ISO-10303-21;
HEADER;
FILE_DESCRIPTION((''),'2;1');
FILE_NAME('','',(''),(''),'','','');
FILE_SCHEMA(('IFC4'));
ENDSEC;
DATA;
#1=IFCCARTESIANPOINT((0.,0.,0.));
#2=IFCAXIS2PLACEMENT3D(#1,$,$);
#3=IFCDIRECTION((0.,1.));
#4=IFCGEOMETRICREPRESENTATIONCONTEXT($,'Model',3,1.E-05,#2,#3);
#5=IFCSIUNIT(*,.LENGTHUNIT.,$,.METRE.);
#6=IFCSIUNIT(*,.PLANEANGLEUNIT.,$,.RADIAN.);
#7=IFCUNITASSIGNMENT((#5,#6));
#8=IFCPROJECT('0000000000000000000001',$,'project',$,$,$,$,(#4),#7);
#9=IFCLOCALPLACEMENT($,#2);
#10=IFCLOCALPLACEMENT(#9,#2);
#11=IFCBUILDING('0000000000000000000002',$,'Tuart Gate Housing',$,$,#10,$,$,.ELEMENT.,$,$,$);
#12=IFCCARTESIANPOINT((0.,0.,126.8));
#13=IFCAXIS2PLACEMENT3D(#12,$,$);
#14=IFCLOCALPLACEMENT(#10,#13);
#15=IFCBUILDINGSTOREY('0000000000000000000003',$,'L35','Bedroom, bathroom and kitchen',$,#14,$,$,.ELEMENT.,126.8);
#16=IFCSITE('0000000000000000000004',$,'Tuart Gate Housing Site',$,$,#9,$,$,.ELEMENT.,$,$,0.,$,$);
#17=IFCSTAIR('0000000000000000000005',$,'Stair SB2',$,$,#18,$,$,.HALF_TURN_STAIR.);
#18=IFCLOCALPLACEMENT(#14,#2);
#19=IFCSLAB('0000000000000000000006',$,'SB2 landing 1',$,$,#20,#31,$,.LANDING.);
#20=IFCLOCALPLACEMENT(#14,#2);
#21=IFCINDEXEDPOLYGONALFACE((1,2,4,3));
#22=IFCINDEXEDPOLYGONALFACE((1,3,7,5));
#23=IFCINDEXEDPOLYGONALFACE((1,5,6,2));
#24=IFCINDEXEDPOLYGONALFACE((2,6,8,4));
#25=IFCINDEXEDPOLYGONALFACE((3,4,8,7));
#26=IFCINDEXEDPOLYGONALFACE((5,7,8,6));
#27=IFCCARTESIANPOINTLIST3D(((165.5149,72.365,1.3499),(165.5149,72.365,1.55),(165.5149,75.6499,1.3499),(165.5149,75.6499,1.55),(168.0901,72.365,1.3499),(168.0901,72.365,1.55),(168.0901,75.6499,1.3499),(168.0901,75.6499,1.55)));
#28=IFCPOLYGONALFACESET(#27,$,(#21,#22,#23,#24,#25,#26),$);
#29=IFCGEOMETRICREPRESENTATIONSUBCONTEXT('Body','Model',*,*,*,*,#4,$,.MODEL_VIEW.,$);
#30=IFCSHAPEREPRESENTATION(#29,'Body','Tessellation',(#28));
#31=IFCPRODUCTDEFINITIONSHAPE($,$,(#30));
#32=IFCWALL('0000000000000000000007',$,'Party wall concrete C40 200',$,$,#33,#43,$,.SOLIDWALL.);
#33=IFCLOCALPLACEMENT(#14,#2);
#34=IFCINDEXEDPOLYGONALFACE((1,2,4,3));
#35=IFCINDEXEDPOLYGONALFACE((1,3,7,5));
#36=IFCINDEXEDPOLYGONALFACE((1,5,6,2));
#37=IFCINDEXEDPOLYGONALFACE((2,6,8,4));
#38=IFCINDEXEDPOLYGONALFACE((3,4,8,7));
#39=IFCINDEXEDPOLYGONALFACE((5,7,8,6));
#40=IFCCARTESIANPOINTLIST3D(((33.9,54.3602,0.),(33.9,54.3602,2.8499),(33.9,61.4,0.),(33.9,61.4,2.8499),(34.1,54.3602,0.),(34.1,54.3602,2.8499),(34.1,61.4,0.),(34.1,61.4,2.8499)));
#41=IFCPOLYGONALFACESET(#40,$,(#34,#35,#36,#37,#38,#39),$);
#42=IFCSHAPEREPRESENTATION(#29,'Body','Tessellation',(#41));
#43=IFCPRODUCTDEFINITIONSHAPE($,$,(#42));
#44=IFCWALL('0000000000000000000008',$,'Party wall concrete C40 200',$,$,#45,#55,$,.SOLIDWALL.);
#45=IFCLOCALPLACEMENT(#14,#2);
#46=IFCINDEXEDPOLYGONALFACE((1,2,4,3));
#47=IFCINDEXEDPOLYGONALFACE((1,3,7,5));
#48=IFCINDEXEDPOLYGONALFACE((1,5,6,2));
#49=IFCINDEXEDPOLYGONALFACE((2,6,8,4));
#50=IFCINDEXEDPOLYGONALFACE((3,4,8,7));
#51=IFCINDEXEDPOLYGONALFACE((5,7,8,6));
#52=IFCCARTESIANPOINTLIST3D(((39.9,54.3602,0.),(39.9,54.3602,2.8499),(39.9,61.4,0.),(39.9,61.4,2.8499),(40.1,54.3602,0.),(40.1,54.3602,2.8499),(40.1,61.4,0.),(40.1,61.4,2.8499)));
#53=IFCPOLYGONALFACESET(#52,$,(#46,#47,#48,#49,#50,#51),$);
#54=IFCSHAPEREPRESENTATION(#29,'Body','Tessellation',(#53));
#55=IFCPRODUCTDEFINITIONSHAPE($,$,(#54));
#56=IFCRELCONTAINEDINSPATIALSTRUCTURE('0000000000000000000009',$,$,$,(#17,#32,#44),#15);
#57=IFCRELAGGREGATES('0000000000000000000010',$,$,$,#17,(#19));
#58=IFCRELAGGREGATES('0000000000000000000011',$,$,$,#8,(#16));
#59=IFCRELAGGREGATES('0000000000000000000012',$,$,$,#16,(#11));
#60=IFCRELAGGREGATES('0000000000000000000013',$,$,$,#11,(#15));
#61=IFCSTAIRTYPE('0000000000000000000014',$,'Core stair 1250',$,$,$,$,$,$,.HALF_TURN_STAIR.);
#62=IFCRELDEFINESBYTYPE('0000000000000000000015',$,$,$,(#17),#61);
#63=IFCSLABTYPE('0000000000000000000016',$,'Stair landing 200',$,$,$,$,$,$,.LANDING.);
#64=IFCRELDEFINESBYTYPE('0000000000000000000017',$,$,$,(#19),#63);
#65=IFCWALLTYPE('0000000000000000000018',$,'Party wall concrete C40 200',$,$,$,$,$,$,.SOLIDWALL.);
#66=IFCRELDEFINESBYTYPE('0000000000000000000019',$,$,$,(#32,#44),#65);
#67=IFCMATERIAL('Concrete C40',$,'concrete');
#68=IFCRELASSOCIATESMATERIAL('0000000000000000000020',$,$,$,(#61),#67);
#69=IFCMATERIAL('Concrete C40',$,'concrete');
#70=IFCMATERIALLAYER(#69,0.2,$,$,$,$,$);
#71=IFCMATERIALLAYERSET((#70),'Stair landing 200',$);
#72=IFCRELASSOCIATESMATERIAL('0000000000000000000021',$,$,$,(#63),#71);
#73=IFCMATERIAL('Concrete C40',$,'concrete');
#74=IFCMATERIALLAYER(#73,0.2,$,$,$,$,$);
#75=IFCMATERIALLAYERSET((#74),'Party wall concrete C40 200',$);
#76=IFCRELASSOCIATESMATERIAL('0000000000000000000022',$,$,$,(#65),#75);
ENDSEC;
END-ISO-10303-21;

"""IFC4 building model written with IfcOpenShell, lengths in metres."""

from ifc_helpers import new_model, si_unit, direction, frame, frame_2d, origin, place, context, subcontext, project, spatial, polyline, rectangle, outline, extrude, material, layer, layer_set, type_object, element, aggregate, save


model = new_model("IFC4")

# Units and contexts
model_context = context("Model", 3, precision=1e-05, world=origin(), true_north=direction((0.0, 1.0)))
body_context = subcontext(model_context, "Body", "Model", "MODEL_VIEW")
ifc_project = project(units=[si_unit("LENGTHUNIT", "METRE"), si_unit("PLANEANGLEUNIT", "RADIAN")], contexts=[model_context])

# Site, building, storey
site_placement = place(None, origin())
site = spatial("IfcSite", under=ifc_project, at=site_placement, Name="Tuart Gate Housing Site", CompositionType="ELEMENT", RefElevation=0.0)
building_placement = place(site_placement, origin())
building = spatial("IfcBuilding", under=site, at=building_placement, Name="Tuart Gate Housing", CompositionType="ELEMENT")
storey_placement = place(building_placement, frame((0.0, 0.0, 126.8)))
storey = spatial("IfcBuildingStorey", under=building, at=storey_placement, Name="L35", Description="Bedroom, bathroom and kitchen", CompositionType="ELEMENT", Elevation=126.8)

# Stair, slab
ifc_material_1 = material(Name="Concrete C40", Category="concrete")
stair_type = type_object("IfcStairType", Name="Core stair 1250", PredefinedType="HALF_TURN_STAIR", material=ifc_material_1)
stair_placement = place(storey_placement, origin())
stair = element("IfcStair", 1, at=stair_placement, inside=storey, type_object=stair_type, Name="Stair SB2", PredefinedType="HALF_TURN_STAIR")
ifc_material_2 = material(Name="Concrete C40", Category="concrete")
ifc_layer_1 = layer(ifc_material_2, 0.2)
ifc_layer_set_1 = layer_set([ifc_layer_1], Name="Stair landing 200")
slab_type = type_object("IfcSlabType", Name="Stair landing 200", PredefinedType="LANDING", material=ifc_layer_set_1)
slab_placement = place(storey_placement, frame((0.0, 0.0, 1.3499)))
slab = element("IfcSlab", 2, at=slab_placement, type_object=slab_type, Name="SB2 landing 1", PredefinedType="LANDING", context=body_context, shape_type="SweptSolid", body=[
    extrude(outline(polyline([(165.5149, 72.365), (168.0901, 72.365), (168.0901, 75.6499), (165.5149, 75.6499), (165.5149, 72.365)])), origin(), (0.0, 0.0, 1.0), 0.2002),
])
aggregate(stair, [slab])

# Walls
ifc_material_3 = material(Name="Concrete C40", Category="concrete")
ifc_layer_2 = layer(ifc_material_3, 0.2)
ifc_layer_set_2 = layer_set([ifc_layer_2], Name="Party wall concrete C40 200")
wall_type_1 = type_object("IfcWallType", Name="Party wall concrete C40 200", PredefinedType="SOLIDWALL", material=ifc_layer_set_2)
for number, where, z_axis, x_axis, name in (
    (3, (34.0, 54.3601, 0.0), (0.0, 0.0, 1.0), (0.0, 1.0, 0.0), "Party wall concrete C40 200"),
    (4, (40.0, 54.3601, 0.0), (0.0, 0.0, 1.0), (0.0, 1.0, 0.0), "Party wall concrete C40 200"),
):
    element("IfcWall", number, at=place(storey_placement, frame(where, z_axis=z_axis, x_axis=x_axis)), inside=storey, type_object=wall_type_1, Name=name, PredefinedType="SOLIDWALL", context=body_context, shape_type="SweptSolid", body=[
        extrude(rectangle(XDim=7.0398, YDim=0.2, at=frame_2d((3.52, 0.0))), origin(), (0.0, 0.0, 1.0), 2.8499),
    ])

save(model, "model.ifc")
